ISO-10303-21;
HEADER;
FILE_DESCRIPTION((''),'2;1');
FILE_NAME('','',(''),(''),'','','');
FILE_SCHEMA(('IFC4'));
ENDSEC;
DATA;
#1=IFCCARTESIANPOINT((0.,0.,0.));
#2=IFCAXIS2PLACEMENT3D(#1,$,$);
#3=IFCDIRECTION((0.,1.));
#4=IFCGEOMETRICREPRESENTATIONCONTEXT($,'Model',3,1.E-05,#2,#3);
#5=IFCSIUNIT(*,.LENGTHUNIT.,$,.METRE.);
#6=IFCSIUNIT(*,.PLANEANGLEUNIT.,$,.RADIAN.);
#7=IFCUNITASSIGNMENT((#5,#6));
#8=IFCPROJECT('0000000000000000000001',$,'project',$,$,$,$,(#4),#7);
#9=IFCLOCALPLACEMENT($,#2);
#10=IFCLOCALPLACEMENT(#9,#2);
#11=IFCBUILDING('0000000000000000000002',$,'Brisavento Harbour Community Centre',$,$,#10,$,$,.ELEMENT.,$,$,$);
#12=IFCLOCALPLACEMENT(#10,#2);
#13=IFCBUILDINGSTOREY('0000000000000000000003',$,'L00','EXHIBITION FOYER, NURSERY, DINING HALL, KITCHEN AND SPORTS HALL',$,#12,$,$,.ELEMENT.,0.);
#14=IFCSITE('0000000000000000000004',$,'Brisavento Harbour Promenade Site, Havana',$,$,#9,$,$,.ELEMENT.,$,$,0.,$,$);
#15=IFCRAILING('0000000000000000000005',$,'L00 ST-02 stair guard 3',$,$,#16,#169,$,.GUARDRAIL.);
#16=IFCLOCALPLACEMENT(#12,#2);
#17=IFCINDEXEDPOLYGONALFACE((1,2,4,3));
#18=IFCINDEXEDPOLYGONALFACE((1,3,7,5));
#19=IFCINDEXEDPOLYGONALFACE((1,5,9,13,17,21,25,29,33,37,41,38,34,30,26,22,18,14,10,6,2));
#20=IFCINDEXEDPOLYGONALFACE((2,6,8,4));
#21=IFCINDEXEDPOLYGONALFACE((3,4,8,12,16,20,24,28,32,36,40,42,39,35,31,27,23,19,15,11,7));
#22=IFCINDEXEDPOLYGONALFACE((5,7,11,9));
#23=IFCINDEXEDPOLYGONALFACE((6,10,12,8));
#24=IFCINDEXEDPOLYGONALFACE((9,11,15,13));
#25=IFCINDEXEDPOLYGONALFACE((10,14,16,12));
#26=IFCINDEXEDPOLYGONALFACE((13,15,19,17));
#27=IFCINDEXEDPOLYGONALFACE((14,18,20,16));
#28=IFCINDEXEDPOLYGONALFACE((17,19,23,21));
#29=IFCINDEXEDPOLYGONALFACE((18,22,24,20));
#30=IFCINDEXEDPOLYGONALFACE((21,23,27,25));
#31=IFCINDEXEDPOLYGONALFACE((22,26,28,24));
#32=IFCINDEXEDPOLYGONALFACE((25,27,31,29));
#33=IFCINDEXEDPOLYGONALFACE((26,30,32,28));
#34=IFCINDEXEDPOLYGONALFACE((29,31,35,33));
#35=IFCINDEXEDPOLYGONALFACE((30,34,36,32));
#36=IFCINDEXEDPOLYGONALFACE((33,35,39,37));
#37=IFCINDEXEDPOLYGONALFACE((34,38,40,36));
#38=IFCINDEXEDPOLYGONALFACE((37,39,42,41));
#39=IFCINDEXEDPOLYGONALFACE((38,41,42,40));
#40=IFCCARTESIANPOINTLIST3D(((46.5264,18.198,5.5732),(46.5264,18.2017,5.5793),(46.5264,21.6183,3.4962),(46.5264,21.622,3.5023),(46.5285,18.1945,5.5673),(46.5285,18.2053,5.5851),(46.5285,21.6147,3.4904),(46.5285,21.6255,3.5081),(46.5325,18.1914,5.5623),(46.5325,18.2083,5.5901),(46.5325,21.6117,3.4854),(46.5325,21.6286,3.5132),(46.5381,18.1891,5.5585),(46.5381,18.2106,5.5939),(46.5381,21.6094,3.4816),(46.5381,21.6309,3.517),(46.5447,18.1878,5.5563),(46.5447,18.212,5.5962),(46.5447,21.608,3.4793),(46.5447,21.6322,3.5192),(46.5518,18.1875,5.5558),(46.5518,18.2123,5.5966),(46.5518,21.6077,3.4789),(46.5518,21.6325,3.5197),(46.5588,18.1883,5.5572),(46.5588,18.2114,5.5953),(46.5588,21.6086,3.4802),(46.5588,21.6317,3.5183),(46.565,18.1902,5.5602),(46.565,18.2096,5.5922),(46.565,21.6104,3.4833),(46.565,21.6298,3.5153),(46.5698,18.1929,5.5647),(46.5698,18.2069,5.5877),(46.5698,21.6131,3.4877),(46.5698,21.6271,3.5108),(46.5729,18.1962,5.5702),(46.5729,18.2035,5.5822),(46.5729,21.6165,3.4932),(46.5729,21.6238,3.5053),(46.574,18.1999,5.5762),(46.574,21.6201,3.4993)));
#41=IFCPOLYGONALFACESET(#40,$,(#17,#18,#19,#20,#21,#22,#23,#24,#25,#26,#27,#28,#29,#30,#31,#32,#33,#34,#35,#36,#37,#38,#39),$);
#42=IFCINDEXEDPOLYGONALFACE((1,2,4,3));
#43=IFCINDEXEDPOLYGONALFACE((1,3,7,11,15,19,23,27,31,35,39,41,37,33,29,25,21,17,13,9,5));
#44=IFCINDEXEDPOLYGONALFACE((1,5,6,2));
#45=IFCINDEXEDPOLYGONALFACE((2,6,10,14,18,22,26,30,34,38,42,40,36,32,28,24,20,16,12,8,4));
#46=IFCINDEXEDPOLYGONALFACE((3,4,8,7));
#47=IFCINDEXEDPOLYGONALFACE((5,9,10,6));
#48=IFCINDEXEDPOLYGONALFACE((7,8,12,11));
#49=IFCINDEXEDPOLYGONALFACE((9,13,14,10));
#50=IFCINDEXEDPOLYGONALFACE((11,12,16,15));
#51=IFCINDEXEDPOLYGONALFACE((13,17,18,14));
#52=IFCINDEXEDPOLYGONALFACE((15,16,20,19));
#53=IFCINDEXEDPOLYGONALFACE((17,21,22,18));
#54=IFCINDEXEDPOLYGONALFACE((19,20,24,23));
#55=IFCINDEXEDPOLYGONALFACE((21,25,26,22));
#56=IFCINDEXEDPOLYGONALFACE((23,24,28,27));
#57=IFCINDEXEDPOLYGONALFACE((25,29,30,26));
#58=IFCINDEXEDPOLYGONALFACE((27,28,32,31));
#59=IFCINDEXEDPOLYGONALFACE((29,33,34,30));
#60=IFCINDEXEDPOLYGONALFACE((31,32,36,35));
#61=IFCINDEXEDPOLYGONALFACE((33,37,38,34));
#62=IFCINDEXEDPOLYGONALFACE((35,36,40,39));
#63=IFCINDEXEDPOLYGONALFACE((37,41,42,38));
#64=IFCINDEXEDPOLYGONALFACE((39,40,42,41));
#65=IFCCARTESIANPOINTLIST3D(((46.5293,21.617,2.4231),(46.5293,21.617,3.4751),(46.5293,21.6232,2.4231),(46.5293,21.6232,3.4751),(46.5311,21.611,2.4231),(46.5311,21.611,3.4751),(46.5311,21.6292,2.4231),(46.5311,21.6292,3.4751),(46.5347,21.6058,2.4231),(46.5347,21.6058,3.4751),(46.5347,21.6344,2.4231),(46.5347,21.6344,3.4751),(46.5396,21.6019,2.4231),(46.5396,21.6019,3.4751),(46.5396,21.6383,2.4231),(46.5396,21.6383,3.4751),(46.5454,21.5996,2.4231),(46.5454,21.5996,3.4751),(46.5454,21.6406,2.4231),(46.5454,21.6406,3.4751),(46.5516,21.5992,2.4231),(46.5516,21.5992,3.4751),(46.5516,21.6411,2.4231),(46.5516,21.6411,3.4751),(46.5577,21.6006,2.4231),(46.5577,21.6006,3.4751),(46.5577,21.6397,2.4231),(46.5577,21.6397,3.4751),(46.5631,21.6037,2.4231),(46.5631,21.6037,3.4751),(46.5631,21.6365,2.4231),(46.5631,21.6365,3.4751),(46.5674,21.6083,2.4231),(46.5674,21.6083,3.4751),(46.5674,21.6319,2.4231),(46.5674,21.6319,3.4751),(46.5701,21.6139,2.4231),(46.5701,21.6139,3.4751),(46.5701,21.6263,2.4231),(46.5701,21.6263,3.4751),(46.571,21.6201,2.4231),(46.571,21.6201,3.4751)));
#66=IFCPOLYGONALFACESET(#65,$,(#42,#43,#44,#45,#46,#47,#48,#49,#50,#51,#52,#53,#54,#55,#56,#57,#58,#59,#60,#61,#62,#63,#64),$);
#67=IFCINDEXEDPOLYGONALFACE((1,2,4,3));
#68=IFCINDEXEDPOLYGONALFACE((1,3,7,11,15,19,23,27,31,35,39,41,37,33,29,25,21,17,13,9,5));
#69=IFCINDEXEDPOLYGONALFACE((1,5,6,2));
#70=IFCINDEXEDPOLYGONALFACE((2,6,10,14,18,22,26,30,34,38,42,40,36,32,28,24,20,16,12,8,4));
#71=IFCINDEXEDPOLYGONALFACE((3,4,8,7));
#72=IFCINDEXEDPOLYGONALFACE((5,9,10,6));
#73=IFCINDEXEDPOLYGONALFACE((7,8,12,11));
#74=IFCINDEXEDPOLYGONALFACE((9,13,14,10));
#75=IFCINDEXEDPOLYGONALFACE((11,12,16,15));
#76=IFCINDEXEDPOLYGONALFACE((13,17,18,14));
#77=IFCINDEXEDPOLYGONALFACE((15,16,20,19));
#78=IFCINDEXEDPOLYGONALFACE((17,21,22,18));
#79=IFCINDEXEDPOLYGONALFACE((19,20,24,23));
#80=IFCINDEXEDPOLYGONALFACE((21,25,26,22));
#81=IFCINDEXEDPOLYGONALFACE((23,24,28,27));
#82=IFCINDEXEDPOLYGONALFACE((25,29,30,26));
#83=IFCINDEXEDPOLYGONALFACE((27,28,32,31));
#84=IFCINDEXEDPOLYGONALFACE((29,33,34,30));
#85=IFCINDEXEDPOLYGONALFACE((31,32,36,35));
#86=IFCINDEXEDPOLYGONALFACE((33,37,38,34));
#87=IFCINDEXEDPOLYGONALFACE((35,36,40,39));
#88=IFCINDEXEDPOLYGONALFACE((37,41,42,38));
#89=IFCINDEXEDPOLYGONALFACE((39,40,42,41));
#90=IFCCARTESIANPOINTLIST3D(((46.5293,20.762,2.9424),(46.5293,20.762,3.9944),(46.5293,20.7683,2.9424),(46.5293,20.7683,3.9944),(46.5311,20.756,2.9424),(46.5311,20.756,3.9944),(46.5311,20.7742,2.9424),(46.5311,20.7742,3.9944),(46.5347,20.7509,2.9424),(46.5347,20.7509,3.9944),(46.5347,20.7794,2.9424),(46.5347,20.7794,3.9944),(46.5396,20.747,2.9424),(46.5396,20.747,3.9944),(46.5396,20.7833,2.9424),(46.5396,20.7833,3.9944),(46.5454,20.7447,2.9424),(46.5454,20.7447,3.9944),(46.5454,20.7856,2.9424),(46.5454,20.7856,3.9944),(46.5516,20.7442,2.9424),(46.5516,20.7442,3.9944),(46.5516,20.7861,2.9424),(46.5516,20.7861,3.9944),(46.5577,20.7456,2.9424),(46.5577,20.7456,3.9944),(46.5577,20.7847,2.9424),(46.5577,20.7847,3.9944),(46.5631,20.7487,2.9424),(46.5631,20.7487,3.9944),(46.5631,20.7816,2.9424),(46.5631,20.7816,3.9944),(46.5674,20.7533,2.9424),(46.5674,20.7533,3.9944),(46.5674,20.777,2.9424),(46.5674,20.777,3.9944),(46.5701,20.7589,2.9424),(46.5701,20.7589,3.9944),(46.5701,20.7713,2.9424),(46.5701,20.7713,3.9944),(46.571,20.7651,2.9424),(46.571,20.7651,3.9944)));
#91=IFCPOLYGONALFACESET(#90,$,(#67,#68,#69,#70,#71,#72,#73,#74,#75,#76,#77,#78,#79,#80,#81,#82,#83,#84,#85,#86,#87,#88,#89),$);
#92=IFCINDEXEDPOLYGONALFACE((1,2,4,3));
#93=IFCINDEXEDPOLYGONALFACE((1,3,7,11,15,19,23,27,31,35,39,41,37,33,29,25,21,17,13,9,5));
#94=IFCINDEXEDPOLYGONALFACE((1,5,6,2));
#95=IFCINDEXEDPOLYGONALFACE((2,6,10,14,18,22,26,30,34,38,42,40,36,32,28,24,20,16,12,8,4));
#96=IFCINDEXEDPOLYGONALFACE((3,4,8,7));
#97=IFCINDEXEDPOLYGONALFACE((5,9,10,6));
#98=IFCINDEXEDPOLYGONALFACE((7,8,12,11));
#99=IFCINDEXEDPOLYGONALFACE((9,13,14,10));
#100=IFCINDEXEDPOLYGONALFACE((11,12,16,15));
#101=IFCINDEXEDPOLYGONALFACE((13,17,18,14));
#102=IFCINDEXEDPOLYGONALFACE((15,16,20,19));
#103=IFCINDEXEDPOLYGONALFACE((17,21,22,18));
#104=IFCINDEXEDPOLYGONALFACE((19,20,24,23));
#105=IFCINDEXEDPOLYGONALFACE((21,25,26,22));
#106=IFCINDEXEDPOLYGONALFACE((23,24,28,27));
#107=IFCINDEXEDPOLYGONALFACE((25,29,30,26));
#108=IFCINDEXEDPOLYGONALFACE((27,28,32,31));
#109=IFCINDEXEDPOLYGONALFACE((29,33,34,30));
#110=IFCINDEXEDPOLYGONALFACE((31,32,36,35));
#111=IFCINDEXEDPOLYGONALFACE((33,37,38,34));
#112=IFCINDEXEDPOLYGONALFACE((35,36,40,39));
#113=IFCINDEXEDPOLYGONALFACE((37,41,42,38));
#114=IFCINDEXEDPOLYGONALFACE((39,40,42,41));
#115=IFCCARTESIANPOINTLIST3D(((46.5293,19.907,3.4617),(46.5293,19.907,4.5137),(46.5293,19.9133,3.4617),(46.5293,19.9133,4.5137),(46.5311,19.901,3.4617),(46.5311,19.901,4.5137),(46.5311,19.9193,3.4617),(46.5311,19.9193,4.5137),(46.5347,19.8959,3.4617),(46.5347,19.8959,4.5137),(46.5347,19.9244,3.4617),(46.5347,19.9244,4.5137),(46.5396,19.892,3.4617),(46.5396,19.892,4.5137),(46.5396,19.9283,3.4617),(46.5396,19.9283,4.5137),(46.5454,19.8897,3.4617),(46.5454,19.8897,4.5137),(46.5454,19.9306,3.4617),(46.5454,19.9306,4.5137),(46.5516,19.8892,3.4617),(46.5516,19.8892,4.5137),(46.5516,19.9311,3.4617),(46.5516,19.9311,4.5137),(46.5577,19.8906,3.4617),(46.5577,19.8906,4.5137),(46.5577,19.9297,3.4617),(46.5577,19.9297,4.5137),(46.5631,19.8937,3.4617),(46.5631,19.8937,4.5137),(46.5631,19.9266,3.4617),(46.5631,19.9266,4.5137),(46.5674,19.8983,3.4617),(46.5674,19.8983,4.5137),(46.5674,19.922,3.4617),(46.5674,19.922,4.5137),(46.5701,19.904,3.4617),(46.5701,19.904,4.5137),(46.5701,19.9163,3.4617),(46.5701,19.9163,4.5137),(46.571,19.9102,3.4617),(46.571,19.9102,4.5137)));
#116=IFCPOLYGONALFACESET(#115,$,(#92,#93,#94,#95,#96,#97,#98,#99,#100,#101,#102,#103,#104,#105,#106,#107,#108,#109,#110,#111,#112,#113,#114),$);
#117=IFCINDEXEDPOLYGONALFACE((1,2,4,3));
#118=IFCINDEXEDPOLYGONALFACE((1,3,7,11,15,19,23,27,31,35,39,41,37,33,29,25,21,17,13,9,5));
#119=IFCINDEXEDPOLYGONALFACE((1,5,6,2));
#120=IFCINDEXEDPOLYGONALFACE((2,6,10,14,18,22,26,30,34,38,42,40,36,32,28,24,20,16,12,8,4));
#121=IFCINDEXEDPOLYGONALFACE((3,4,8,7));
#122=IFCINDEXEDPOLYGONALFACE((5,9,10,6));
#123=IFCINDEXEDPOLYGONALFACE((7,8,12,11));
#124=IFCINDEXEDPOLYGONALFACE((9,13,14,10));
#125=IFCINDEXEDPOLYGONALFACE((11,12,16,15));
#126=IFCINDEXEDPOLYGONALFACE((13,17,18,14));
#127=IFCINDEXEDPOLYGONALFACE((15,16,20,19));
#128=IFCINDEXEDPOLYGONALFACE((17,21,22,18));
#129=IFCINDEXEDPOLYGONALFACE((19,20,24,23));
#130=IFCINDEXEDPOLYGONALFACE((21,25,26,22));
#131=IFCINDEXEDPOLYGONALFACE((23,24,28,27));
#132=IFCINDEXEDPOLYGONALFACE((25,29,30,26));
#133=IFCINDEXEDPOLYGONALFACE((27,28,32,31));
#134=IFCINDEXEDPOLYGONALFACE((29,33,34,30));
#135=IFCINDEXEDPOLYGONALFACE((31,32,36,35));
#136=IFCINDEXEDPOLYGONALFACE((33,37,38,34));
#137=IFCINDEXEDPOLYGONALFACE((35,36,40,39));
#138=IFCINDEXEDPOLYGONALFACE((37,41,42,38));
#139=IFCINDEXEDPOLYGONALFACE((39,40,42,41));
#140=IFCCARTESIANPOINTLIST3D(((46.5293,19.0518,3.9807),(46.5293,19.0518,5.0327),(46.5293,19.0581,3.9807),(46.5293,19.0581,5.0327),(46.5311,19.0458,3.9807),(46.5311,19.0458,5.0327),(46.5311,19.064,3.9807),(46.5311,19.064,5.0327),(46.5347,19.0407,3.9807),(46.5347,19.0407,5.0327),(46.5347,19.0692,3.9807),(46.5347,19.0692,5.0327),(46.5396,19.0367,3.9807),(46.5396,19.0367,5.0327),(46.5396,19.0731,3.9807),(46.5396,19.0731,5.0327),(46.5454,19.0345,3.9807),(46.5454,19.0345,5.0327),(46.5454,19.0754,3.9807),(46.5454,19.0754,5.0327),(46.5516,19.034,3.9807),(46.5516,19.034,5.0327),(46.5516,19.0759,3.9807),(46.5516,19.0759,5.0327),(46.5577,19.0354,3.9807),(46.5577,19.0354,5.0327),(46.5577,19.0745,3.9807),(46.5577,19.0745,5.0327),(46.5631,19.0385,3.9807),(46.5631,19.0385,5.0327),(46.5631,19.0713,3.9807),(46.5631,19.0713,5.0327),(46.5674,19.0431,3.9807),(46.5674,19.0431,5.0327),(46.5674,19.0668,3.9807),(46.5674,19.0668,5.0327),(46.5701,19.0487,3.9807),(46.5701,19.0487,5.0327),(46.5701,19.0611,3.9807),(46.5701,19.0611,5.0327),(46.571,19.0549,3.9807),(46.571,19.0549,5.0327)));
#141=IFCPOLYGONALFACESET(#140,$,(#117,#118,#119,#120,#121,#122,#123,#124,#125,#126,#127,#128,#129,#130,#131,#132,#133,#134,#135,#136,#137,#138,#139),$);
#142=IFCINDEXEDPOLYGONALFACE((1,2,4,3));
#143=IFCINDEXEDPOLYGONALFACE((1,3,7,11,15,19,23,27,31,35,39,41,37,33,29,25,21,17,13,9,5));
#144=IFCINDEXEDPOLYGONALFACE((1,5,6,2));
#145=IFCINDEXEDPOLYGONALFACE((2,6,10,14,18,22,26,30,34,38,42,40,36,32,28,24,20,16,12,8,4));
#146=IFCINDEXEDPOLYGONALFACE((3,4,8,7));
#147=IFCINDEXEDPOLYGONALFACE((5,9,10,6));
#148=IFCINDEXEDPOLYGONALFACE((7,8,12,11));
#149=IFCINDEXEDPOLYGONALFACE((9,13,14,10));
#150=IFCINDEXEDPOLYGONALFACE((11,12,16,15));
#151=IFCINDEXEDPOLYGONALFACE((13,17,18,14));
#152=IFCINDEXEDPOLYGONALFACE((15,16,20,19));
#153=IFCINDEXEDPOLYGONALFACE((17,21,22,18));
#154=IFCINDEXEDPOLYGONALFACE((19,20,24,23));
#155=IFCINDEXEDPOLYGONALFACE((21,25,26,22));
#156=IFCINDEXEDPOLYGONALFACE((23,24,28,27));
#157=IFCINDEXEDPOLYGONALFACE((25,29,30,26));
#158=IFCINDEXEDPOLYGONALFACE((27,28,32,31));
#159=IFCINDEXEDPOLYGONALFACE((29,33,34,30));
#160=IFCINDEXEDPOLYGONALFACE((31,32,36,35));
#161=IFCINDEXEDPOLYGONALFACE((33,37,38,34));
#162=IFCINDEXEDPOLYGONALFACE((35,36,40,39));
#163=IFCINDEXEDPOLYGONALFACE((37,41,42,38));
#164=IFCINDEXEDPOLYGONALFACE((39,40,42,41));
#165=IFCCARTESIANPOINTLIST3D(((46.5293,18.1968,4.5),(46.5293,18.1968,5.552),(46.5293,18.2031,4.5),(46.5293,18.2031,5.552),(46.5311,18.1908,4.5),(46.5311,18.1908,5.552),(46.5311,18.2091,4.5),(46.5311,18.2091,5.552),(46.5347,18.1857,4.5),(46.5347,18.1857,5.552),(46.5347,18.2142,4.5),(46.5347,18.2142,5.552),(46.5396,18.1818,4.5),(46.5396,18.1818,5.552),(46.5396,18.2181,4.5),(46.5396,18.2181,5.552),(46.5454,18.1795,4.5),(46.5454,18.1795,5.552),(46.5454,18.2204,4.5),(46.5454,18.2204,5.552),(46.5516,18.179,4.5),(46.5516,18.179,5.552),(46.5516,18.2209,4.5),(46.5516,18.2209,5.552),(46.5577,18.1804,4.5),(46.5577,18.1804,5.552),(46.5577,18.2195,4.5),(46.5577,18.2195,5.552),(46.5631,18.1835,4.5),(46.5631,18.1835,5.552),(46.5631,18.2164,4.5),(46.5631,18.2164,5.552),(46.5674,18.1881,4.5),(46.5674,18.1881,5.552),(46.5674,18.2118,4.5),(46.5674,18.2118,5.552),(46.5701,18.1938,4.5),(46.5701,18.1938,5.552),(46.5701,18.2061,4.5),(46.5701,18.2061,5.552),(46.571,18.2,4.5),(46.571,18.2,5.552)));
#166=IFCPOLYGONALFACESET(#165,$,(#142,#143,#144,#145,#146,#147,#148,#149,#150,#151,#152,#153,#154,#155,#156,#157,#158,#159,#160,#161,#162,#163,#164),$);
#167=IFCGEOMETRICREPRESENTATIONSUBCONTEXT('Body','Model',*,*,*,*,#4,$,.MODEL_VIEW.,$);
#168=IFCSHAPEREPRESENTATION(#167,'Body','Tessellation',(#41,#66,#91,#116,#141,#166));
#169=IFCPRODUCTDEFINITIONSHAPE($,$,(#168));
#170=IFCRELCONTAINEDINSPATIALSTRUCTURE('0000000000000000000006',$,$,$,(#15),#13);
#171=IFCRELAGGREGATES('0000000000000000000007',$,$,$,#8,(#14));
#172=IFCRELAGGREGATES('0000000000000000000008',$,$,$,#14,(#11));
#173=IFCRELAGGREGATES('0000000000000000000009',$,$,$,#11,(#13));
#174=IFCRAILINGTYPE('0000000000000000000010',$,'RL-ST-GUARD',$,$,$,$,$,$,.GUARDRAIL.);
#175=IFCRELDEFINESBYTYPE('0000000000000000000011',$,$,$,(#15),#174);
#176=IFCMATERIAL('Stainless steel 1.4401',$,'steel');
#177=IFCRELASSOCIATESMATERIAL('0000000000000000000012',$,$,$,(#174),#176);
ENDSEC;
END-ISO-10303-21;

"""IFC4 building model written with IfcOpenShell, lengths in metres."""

from ifc_helpers import new_model, si_unit, direction, frame, origin, origin_2d, place, context, subcontext, project, spatial, circle, extrude, material, type_object, element, save


model = new_model("IFC4")

# Units and contexts
model_context = context("Model", 3, precision=1e-05, world=origin(), true_north=direction((0.0, 1.0)))
body_context = subcontext(model_context, "Body", "Model", "MODEL_VIEW")
ifc_project = project(units=[si_unit("LENGTHUNIT", "METRE"), si_unit("PLANEANGLEUNIT", "RADIAN")], contexts=[model_context])

# Site, building, storey
site_placement = place(None, origin())
site = spatial("IfcSite", under=ifc_project, at=site_placement, Name="Brisavento Harbour Promenade Site, Havana", CompositionType="ELEMENT", RefElevation=0.0)
building_placement = place(site_placement, origin())
building = spatial("IfcBuilding", under=site, at=building_placement, Name="Brisavento Harbour Community Centre", CompositionType="ELEMENT")
storey_placement = place(building_placement, origin())
storey = spatial("IfcBuildingStorey", under=building, at=storey_placement, Name="L00", Description="EXHIBITION FOYER, NURSERY, DINING HALL, KITCHEN AND SPORTS HALL", CompositionType="ELEMENT", Elevation=0.0)

# Railing
ifc_material_1 = material(Name="Stainless steel 1.4401", Category="steel")
railing_type_1 = type_object("IfcRailingType", Name="RL-ST-GUARD", PredefinedType="GUARDRAIL", material=ifc_material_1)
railing_1_placement = place(storey_placement, frame((46.55, 21.6201, 2.4231)))
element("IfcRailing", 1, at=railing_1_placement, inside=storey, type_object=railing_type_1, Name="L00 ST-02 stair guard 3", PredefinedType="GUARDRAIL", context=body_context, shape_type="SweptSolid", body=[
    extrude(circle(Radius=0.0239, at=origin_2d()), frame((0.0, 0.0, 1.0762), z_axis=(0.0, -0.854746, 0.519047), x_axis=(1.0, 0.0, 0.0)), (0.0, 0.0, 1.0), 4.0015),
    extrude(circle(Radius=0.021, at=origin_2d()), origin(), (0.0, 0.0, 1.0), 1.052),
    extrude(circle(Radius=0.021, at=origin_2d()), frame((0.0, -0.855, 0.5193)), (0.0, 0.0, 1.0), 1.052),
    extrude(circle(Radius=0.021, at=origin_2d()), frame((0.0, -1.71, 1.0386)), (0.0, 0.0, 1.0), 1.052),
    extrude(circle(Radius=0.021, at=origin_2d()), frame((0.0, -2.5652, 1.5576)), (0.0, 0.0, 1.0), 1.052),
    extrude(circle(Radius=0.021, at=origin_2d()), frame((0.0, -3.4202, 2.0769)), (0.0, 0.0, 1.0), 1.052),
])

save(model, "model.ifc")
